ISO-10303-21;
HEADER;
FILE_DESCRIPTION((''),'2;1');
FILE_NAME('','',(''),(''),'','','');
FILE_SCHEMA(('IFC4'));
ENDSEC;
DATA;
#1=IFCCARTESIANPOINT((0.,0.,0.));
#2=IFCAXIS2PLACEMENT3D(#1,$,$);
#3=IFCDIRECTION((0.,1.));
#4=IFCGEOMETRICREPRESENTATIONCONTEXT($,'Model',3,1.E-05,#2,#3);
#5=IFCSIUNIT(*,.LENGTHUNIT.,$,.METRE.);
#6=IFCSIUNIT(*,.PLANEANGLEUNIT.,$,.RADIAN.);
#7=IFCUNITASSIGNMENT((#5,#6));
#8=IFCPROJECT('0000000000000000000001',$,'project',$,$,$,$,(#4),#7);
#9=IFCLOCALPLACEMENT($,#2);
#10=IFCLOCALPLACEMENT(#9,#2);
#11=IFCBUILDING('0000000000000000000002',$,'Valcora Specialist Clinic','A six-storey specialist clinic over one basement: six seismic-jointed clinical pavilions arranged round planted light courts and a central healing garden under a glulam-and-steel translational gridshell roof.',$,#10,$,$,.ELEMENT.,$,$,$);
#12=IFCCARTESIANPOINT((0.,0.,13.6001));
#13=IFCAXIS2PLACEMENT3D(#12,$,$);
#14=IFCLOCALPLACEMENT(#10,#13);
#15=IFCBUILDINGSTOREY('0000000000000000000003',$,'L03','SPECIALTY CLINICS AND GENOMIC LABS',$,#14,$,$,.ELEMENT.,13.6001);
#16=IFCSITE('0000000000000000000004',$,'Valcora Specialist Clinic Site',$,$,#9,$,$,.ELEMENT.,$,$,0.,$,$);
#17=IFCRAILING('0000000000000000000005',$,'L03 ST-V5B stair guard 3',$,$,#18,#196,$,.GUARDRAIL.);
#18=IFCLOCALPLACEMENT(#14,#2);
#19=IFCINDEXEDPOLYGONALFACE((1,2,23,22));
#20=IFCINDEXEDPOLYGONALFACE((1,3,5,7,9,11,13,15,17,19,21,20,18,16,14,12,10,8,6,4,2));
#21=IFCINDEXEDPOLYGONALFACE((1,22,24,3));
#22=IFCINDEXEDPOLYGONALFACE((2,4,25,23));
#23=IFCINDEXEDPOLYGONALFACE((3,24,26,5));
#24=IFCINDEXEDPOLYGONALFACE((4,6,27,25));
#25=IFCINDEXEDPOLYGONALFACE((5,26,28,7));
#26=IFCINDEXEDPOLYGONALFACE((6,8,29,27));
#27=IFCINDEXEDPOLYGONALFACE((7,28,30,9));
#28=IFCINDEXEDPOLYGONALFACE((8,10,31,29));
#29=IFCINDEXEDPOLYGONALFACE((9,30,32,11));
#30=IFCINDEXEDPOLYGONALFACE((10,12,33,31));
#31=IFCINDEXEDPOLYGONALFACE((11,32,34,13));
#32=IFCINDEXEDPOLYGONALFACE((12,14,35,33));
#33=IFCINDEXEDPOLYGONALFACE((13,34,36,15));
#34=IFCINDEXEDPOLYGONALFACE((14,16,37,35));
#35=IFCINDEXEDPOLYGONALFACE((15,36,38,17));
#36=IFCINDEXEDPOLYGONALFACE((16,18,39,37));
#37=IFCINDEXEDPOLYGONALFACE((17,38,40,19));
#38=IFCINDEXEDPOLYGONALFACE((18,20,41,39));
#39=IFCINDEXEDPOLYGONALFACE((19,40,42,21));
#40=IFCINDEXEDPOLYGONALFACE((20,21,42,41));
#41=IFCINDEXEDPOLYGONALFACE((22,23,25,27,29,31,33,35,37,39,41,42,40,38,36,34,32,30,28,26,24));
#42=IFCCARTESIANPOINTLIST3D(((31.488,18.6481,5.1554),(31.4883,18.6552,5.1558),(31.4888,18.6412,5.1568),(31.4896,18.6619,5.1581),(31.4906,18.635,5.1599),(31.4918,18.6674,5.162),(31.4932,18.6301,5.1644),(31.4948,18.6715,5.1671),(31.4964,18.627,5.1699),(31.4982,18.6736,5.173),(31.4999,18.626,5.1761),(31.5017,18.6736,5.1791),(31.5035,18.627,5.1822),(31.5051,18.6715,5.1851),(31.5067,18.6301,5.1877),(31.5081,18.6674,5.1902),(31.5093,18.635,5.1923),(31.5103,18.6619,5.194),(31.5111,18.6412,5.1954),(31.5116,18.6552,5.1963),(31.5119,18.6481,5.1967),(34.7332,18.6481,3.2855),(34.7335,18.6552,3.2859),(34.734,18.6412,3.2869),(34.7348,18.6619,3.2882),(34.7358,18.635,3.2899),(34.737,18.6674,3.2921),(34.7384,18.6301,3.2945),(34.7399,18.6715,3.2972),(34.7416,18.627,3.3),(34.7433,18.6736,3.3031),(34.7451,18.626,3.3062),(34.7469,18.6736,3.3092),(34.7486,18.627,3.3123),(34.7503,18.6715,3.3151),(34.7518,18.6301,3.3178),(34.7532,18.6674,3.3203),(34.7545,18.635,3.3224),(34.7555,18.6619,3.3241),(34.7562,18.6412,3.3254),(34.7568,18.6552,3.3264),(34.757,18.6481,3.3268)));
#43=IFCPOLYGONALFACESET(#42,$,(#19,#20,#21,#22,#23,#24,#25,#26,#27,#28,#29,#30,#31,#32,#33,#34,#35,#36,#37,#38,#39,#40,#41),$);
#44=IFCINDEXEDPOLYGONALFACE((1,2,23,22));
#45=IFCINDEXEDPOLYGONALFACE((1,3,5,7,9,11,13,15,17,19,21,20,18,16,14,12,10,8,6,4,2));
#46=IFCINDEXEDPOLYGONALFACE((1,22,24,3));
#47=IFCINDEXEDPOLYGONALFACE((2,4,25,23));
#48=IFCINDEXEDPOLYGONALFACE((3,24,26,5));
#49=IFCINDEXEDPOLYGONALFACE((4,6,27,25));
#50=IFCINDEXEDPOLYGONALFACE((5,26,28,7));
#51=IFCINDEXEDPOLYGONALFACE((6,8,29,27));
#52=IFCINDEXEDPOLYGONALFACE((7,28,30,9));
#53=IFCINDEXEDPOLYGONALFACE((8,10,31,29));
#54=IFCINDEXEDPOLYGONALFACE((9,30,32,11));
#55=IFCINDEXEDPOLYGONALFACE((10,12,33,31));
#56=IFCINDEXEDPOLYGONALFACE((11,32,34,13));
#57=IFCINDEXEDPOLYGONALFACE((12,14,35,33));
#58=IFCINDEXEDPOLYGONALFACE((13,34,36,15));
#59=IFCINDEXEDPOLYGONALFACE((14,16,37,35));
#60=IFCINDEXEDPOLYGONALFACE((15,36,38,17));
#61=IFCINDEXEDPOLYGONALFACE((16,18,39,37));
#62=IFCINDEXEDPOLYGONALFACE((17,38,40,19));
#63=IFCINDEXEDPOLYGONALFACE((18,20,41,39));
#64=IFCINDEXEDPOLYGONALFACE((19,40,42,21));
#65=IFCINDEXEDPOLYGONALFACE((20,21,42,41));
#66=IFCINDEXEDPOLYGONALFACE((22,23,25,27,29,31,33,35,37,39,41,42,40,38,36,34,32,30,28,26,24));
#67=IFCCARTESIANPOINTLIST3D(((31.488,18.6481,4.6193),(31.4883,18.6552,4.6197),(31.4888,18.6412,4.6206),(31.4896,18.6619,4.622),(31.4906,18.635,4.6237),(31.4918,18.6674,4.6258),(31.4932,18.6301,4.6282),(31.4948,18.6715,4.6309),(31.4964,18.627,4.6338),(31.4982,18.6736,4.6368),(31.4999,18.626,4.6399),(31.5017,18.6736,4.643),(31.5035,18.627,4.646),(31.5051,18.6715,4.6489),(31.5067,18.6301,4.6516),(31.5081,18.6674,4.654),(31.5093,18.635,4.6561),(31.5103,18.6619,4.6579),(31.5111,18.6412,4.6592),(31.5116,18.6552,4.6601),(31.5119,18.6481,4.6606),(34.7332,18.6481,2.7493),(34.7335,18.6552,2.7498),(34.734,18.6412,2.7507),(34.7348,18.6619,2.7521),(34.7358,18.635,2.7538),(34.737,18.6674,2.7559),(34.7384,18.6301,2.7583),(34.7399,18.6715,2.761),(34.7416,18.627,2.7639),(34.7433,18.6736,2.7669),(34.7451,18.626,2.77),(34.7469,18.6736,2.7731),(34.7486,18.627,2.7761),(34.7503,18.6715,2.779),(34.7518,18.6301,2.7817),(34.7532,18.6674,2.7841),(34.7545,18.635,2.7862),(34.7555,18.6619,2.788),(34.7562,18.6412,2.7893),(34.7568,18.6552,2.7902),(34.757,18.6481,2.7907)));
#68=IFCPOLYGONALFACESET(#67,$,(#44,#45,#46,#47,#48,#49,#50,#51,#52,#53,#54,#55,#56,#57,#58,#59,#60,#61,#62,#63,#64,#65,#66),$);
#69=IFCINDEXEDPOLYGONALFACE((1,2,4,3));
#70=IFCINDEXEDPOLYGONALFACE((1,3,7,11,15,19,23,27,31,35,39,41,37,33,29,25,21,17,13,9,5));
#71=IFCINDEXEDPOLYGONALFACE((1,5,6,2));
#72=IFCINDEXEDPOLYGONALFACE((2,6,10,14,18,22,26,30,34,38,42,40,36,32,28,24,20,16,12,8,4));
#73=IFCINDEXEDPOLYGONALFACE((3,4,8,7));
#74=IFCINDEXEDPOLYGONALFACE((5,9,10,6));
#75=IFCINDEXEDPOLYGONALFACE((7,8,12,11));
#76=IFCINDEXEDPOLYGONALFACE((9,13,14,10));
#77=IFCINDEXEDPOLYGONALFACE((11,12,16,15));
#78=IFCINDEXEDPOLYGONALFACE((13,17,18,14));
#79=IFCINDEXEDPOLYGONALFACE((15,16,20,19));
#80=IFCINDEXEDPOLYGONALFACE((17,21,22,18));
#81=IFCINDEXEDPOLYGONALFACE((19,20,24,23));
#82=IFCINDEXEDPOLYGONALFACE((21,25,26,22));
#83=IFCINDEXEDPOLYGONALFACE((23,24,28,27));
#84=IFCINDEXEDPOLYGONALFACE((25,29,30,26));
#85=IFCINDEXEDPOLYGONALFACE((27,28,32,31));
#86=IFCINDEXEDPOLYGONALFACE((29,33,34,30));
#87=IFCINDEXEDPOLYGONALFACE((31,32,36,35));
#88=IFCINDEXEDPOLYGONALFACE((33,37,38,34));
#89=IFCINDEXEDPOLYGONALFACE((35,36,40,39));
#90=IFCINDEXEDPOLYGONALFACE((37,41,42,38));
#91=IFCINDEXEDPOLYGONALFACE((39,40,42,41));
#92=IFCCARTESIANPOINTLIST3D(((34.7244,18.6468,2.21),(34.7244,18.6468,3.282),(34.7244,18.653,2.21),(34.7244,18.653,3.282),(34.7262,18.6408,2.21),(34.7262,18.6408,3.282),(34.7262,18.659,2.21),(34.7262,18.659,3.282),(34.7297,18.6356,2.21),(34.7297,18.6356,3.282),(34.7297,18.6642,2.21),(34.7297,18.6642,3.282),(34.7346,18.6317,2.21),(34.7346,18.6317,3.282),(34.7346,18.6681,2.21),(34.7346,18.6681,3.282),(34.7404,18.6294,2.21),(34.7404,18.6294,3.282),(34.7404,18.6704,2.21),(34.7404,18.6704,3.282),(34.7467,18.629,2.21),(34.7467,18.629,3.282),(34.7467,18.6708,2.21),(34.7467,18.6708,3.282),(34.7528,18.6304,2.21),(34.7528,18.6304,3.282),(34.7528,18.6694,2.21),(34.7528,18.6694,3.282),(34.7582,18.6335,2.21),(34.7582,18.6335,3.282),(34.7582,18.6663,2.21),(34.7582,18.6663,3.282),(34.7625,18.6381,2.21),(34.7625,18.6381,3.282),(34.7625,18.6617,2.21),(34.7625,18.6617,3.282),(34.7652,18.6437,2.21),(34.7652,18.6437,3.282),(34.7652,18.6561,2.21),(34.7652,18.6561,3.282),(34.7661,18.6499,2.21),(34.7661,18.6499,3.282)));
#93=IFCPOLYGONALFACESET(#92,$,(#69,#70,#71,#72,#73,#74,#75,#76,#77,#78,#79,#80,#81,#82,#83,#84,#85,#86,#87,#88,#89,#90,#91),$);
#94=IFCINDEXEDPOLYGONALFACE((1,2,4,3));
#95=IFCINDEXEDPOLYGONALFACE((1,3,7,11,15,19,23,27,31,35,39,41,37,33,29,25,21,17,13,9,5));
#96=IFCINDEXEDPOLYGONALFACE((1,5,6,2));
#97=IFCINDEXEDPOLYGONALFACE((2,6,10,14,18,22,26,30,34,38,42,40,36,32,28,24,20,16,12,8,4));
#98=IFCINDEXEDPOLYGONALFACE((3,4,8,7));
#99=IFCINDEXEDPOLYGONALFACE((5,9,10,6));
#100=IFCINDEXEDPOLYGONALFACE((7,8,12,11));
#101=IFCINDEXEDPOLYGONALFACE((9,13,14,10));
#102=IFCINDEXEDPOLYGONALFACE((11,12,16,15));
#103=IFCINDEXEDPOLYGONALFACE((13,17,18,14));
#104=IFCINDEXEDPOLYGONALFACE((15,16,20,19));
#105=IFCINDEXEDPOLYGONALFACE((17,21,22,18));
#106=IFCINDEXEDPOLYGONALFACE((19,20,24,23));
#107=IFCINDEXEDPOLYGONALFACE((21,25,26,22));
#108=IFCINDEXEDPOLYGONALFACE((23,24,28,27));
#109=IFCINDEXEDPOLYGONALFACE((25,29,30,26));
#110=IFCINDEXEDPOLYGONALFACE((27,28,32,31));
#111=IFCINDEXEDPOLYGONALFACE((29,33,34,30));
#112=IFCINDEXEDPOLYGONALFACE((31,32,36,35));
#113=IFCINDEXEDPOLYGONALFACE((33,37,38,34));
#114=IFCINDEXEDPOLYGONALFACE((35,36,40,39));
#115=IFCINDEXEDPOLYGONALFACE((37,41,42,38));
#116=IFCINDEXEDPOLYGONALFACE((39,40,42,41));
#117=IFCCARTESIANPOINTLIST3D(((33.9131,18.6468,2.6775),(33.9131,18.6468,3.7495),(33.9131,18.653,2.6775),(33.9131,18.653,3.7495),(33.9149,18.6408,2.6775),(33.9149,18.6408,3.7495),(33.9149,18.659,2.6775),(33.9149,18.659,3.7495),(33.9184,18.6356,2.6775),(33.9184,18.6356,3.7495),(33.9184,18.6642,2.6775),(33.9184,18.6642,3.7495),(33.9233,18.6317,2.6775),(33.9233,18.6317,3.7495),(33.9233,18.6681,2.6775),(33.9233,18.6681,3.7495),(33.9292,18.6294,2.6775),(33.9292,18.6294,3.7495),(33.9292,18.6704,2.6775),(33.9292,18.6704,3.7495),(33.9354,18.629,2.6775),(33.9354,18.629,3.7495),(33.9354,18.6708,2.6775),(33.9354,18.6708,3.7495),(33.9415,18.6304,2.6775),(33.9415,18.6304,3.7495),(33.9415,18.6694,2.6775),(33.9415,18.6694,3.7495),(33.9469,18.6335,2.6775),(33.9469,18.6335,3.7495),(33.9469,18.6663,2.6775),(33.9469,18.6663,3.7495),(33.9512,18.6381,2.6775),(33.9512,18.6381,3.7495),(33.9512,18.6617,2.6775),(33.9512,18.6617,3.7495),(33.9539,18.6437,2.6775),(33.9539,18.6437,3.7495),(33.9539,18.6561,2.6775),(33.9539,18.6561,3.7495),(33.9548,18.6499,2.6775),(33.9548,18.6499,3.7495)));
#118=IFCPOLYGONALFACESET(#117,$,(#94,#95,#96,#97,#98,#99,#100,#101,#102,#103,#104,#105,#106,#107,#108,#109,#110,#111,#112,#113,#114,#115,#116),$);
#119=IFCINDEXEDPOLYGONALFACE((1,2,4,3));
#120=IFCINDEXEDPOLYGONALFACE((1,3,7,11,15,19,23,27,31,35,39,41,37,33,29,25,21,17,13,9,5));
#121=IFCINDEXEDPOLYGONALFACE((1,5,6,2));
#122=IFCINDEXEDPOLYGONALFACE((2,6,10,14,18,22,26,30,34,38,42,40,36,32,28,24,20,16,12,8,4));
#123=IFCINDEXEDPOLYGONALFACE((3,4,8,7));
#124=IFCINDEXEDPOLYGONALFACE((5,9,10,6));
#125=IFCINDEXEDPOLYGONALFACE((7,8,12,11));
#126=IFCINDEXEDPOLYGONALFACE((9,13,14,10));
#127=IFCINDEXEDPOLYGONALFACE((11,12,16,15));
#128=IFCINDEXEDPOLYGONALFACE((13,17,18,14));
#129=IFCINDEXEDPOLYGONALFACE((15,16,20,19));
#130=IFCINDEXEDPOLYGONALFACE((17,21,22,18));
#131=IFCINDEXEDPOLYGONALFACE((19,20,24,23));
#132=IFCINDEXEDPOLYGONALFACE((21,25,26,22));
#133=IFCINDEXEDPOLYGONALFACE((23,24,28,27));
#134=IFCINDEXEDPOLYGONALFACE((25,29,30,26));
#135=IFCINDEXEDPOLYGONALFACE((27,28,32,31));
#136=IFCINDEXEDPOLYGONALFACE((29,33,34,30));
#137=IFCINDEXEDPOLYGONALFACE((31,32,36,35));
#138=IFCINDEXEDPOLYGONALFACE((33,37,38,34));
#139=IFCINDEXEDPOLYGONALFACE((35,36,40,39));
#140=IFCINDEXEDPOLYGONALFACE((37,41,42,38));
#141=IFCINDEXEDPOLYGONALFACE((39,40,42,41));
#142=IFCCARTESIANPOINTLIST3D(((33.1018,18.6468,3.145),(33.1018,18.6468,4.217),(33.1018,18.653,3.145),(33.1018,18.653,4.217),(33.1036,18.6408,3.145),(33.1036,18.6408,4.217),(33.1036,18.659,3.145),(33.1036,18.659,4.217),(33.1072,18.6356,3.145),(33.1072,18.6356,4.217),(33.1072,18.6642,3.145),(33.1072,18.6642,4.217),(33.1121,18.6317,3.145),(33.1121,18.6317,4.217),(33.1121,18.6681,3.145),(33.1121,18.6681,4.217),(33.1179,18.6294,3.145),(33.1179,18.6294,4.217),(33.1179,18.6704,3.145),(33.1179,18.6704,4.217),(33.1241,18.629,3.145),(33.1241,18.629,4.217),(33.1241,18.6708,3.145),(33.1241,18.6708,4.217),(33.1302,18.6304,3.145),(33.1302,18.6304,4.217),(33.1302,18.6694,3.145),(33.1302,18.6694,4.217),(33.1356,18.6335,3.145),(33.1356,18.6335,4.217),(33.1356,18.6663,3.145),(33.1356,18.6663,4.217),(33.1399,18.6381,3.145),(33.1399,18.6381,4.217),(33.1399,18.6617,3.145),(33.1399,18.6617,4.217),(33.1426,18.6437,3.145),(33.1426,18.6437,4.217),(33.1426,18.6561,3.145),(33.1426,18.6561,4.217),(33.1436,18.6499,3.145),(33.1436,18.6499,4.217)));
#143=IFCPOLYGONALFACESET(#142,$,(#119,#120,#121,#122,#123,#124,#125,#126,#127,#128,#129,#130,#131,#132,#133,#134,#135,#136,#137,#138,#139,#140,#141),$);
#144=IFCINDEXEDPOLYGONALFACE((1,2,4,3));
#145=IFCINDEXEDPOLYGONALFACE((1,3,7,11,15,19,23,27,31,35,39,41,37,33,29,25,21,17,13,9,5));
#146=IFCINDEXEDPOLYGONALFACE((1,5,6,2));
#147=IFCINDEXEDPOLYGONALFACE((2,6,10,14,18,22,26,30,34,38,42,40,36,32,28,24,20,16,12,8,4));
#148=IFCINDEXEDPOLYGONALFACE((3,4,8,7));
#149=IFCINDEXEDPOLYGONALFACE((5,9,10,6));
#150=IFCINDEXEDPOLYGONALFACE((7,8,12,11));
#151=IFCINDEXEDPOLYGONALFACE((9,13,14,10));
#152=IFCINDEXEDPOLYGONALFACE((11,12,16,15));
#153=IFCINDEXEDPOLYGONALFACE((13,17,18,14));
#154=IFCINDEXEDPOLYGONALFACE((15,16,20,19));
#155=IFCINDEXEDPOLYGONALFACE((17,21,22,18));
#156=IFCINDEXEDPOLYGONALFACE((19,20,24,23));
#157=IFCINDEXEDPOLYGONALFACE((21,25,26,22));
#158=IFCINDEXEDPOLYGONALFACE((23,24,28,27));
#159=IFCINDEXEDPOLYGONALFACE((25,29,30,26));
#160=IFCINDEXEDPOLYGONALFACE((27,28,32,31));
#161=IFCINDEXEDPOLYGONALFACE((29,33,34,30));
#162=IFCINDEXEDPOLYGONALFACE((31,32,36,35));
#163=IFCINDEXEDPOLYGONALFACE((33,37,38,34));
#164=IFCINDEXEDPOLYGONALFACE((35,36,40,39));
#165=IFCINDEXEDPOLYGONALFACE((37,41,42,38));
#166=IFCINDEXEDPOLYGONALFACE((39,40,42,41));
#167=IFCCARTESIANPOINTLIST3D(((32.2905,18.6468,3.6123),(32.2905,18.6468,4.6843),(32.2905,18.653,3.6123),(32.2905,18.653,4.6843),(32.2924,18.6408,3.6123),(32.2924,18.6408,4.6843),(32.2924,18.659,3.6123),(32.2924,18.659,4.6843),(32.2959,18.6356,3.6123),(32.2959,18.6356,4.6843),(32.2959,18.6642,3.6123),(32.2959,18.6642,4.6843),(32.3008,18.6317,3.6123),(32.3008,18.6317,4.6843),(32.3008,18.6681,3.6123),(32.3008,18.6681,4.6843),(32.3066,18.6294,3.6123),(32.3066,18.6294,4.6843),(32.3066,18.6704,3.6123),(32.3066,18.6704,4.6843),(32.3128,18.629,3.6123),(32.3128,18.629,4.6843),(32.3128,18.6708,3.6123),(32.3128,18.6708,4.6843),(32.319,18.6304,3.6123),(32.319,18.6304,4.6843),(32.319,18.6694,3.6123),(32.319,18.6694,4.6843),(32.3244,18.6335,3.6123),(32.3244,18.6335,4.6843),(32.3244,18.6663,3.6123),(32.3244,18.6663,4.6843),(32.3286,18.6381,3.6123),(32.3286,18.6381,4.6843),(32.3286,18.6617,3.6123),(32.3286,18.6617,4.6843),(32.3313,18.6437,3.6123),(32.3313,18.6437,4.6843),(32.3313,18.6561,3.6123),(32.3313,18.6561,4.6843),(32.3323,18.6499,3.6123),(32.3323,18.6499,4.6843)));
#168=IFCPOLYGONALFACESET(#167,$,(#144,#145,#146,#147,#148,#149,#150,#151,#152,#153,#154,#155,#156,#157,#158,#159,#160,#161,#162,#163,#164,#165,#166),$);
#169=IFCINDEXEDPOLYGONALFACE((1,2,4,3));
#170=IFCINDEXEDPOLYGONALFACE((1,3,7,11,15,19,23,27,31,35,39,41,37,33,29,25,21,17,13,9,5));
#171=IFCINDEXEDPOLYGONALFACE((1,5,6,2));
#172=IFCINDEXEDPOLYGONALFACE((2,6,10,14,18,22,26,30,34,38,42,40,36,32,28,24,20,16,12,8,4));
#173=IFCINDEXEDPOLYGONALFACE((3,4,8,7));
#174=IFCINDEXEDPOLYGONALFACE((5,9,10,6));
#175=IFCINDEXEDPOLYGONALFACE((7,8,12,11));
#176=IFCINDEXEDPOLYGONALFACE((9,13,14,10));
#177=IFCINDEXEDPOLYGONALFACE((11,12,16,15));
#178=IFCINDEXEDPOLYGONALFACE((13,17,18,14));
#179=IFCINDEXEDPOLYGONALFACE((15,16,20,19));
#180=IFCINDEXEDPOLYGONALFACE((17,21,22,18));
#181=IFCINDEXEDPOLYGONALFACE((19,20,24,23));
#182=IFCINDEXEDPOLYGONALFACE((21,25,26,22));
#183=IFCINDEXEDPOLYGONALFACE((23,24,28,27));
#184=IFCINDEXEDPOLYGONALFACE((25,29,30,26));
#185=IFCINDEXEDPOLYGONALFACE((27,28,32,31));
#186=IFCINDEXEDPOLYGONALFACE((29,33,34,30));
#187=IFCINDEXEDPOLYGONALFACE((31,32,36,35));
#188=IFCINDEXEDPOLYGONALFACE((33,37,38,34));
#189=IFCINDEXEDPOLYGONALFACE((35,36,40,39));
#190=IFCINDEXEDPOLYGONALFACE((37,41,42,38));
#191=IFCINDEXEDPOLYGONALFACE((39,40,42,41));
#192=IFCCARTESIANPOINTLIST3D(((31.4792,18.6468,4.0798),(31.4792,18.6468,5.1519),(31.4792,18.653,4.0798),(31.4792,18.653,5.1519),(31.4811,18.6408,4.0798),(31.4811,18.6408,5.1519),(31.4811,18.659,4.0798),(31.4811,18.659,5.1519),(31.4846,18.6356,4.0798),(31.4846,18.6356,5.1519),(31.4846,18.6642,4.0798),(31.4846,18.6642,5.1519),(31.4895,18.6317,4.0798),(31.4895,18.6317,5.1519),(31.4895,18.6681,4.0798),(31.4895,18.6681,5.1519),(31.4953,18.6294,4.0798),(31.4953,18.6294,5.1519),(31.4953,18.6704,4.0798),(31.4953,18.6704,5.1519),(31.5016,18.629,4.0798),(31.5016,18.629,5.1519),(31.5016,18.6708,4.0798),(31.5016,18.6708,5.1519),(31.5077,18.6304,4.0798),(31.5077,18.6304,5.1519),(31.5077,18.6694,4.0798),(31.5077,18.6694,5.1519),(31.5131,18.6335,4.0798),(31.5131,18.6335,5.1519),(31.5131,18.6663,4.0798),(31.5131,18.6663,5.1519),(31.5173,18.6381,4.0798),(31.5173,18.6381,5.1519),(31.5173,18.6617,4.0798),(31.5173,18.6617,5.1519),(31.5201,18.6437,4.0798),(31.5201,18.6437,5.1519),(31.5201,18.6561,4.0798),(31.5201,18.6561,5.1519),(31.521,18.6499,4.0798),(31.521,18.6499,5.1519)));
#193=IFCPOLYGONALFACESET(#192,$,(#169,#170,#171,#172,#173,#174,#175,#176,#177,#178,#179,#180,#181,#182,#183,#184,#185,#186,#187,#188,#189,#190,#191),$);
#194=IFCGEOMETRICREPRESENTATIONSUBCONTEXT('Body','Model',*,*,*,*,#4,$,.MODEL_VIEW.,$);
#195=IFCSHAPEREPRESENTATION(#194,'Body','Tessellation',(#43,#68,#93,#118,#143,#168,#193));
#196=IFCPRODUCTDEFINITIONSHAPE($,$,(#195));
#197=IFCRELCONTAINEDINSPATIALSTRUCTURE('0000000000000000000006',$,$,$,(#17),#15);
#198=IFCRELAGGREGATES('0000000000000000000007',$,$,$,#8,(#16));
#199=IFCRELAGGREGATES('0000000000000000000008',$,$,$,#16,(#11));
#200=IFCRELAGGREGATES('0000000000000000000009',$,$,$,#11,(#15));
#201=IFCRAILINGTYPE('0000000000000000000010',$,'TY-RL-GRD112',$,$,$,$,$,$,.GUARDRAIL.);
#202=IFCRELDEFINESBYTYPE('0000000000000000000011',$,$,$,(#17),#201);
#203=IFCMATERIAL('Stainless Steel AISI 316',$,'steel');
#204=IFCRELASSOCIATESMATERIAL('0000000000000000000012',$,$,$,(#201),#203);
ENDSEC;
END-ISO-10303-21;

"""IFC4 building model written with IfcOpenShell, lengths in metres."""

from ifc_helpers import new_model, si_unit, direction, frame, origin, origin_2d, place, context, subcontext, project, spatial, circle, extrude, material, type_object, element, save


model = new_model("IFC4")

# Units and contexts
model_context = context("Model", 3, precision=1e-05, world=origin(), true_north=direction((0.0, 1.0)))
body_context = subcontext(model_context, "Body", "Model", "MODEL_VIEW")
ifc_project = project(units=[si_unit("LENGTHUNIT", "METRE"), si_unit("PLANEANGLEUNIT", "RADIAN")], contexts=[model_context])

# Site, building, storey
site_placement = place(None, origin())
site = spatial("IfcSite", under=ifc_project, at=site_placement, Name="Valcora Specialist Clinic Site", CompositionType="ELEMENT", RefElevation=0.0)
building_placement = place(site_placement, origin())
building = spatial("IfcBuilding", under=site, at=building_placement, Name="Valcora Specialist Clinic", Description="A six-storey specialist clinic over one basement: six seismic-jointed clinical pavilions arranged round planted light courts and a central healing garden under a glulam-and-steel translational gridshell roof.", CompositionType="ELEMENT")
storey_placement = place(building_placement, frame((0.0, 0.0, 13.6001)))
storey = spatial("IfcBuildingStorey", under=building, at=storey_placement, Name="L03", Description="SPECIALTY CLINICS AND GENOMIC LABS", CompositionType="ELEMENT", Elevation=13.6001)

# Shared definitions
ifc_material_1 = material(Name="Stainless Steel AISI 316", Category="steel")

# Railing
railing_type_1 = type_object("IfcRailingType", Name="TY-RL-GRD112", PredefinedType="GUARDRAIL", material=ifc_material_1)
railing_1_placement = place(storey_placement, frame((34.7451, 18.6499, 2.21)))
element("IfcRailing", 1, at=railing_1_placement, inside=storey, type_object=railing_type_1, Name="L03 ST-V5B stair guard 3", PredefinedType="GUARDRAIL", context=body_context, shape_type="SweptSolid", body=[
    extrude(circle(Radius=0.0239, at=origin_2d()), frame((0.0, 0.0, 1.0962), z_axis=(-0.866452, 0.0, 0.49926), x_axis=(0.0, -1.0, 0.0)), (0.0, 0.0, 1.0), 3.7454),
    extrude(circle(Radius=0.0239, at=origin_2d()), frame((0.0, 0.0, 0.5601), z_axis=(-0.866452, 0.0, 0.49926), x_axis=(0.0, -1.0, 0.0)), (0.0, 0.0, 1.0), 3.7454),
    extrude(circle(Radius=0.021, at=origin_2d()), origin(), (0.0, 0.0, 1.0), 1.072),
    extrude(circle(Radius=0.021, at=origin_2d()), frame((-0.8113, 0.0, 0.4675)), (0.0, 0.0, 1.0), 1.072),
    extrude(circle(Radius=0.021, at=origin_2d()), frame((-1.6226, 0.0, 0.9351)), (0.0, 0.0, 1.0), 1.072),
    extrude(circle(Radius=0.021, at=origin_2d()), frame((-2.4338, 0.0, 1.4023)), (0.0, 0.0, 1.0), 1.072),
    extrude(circle(Radius=0.021, at=origin_2d()), frame((-3.2451, 0.0, 1.8699)), (0.0, 0.0, 1.0), 1.072),
])

save(model, "model.ifc")
